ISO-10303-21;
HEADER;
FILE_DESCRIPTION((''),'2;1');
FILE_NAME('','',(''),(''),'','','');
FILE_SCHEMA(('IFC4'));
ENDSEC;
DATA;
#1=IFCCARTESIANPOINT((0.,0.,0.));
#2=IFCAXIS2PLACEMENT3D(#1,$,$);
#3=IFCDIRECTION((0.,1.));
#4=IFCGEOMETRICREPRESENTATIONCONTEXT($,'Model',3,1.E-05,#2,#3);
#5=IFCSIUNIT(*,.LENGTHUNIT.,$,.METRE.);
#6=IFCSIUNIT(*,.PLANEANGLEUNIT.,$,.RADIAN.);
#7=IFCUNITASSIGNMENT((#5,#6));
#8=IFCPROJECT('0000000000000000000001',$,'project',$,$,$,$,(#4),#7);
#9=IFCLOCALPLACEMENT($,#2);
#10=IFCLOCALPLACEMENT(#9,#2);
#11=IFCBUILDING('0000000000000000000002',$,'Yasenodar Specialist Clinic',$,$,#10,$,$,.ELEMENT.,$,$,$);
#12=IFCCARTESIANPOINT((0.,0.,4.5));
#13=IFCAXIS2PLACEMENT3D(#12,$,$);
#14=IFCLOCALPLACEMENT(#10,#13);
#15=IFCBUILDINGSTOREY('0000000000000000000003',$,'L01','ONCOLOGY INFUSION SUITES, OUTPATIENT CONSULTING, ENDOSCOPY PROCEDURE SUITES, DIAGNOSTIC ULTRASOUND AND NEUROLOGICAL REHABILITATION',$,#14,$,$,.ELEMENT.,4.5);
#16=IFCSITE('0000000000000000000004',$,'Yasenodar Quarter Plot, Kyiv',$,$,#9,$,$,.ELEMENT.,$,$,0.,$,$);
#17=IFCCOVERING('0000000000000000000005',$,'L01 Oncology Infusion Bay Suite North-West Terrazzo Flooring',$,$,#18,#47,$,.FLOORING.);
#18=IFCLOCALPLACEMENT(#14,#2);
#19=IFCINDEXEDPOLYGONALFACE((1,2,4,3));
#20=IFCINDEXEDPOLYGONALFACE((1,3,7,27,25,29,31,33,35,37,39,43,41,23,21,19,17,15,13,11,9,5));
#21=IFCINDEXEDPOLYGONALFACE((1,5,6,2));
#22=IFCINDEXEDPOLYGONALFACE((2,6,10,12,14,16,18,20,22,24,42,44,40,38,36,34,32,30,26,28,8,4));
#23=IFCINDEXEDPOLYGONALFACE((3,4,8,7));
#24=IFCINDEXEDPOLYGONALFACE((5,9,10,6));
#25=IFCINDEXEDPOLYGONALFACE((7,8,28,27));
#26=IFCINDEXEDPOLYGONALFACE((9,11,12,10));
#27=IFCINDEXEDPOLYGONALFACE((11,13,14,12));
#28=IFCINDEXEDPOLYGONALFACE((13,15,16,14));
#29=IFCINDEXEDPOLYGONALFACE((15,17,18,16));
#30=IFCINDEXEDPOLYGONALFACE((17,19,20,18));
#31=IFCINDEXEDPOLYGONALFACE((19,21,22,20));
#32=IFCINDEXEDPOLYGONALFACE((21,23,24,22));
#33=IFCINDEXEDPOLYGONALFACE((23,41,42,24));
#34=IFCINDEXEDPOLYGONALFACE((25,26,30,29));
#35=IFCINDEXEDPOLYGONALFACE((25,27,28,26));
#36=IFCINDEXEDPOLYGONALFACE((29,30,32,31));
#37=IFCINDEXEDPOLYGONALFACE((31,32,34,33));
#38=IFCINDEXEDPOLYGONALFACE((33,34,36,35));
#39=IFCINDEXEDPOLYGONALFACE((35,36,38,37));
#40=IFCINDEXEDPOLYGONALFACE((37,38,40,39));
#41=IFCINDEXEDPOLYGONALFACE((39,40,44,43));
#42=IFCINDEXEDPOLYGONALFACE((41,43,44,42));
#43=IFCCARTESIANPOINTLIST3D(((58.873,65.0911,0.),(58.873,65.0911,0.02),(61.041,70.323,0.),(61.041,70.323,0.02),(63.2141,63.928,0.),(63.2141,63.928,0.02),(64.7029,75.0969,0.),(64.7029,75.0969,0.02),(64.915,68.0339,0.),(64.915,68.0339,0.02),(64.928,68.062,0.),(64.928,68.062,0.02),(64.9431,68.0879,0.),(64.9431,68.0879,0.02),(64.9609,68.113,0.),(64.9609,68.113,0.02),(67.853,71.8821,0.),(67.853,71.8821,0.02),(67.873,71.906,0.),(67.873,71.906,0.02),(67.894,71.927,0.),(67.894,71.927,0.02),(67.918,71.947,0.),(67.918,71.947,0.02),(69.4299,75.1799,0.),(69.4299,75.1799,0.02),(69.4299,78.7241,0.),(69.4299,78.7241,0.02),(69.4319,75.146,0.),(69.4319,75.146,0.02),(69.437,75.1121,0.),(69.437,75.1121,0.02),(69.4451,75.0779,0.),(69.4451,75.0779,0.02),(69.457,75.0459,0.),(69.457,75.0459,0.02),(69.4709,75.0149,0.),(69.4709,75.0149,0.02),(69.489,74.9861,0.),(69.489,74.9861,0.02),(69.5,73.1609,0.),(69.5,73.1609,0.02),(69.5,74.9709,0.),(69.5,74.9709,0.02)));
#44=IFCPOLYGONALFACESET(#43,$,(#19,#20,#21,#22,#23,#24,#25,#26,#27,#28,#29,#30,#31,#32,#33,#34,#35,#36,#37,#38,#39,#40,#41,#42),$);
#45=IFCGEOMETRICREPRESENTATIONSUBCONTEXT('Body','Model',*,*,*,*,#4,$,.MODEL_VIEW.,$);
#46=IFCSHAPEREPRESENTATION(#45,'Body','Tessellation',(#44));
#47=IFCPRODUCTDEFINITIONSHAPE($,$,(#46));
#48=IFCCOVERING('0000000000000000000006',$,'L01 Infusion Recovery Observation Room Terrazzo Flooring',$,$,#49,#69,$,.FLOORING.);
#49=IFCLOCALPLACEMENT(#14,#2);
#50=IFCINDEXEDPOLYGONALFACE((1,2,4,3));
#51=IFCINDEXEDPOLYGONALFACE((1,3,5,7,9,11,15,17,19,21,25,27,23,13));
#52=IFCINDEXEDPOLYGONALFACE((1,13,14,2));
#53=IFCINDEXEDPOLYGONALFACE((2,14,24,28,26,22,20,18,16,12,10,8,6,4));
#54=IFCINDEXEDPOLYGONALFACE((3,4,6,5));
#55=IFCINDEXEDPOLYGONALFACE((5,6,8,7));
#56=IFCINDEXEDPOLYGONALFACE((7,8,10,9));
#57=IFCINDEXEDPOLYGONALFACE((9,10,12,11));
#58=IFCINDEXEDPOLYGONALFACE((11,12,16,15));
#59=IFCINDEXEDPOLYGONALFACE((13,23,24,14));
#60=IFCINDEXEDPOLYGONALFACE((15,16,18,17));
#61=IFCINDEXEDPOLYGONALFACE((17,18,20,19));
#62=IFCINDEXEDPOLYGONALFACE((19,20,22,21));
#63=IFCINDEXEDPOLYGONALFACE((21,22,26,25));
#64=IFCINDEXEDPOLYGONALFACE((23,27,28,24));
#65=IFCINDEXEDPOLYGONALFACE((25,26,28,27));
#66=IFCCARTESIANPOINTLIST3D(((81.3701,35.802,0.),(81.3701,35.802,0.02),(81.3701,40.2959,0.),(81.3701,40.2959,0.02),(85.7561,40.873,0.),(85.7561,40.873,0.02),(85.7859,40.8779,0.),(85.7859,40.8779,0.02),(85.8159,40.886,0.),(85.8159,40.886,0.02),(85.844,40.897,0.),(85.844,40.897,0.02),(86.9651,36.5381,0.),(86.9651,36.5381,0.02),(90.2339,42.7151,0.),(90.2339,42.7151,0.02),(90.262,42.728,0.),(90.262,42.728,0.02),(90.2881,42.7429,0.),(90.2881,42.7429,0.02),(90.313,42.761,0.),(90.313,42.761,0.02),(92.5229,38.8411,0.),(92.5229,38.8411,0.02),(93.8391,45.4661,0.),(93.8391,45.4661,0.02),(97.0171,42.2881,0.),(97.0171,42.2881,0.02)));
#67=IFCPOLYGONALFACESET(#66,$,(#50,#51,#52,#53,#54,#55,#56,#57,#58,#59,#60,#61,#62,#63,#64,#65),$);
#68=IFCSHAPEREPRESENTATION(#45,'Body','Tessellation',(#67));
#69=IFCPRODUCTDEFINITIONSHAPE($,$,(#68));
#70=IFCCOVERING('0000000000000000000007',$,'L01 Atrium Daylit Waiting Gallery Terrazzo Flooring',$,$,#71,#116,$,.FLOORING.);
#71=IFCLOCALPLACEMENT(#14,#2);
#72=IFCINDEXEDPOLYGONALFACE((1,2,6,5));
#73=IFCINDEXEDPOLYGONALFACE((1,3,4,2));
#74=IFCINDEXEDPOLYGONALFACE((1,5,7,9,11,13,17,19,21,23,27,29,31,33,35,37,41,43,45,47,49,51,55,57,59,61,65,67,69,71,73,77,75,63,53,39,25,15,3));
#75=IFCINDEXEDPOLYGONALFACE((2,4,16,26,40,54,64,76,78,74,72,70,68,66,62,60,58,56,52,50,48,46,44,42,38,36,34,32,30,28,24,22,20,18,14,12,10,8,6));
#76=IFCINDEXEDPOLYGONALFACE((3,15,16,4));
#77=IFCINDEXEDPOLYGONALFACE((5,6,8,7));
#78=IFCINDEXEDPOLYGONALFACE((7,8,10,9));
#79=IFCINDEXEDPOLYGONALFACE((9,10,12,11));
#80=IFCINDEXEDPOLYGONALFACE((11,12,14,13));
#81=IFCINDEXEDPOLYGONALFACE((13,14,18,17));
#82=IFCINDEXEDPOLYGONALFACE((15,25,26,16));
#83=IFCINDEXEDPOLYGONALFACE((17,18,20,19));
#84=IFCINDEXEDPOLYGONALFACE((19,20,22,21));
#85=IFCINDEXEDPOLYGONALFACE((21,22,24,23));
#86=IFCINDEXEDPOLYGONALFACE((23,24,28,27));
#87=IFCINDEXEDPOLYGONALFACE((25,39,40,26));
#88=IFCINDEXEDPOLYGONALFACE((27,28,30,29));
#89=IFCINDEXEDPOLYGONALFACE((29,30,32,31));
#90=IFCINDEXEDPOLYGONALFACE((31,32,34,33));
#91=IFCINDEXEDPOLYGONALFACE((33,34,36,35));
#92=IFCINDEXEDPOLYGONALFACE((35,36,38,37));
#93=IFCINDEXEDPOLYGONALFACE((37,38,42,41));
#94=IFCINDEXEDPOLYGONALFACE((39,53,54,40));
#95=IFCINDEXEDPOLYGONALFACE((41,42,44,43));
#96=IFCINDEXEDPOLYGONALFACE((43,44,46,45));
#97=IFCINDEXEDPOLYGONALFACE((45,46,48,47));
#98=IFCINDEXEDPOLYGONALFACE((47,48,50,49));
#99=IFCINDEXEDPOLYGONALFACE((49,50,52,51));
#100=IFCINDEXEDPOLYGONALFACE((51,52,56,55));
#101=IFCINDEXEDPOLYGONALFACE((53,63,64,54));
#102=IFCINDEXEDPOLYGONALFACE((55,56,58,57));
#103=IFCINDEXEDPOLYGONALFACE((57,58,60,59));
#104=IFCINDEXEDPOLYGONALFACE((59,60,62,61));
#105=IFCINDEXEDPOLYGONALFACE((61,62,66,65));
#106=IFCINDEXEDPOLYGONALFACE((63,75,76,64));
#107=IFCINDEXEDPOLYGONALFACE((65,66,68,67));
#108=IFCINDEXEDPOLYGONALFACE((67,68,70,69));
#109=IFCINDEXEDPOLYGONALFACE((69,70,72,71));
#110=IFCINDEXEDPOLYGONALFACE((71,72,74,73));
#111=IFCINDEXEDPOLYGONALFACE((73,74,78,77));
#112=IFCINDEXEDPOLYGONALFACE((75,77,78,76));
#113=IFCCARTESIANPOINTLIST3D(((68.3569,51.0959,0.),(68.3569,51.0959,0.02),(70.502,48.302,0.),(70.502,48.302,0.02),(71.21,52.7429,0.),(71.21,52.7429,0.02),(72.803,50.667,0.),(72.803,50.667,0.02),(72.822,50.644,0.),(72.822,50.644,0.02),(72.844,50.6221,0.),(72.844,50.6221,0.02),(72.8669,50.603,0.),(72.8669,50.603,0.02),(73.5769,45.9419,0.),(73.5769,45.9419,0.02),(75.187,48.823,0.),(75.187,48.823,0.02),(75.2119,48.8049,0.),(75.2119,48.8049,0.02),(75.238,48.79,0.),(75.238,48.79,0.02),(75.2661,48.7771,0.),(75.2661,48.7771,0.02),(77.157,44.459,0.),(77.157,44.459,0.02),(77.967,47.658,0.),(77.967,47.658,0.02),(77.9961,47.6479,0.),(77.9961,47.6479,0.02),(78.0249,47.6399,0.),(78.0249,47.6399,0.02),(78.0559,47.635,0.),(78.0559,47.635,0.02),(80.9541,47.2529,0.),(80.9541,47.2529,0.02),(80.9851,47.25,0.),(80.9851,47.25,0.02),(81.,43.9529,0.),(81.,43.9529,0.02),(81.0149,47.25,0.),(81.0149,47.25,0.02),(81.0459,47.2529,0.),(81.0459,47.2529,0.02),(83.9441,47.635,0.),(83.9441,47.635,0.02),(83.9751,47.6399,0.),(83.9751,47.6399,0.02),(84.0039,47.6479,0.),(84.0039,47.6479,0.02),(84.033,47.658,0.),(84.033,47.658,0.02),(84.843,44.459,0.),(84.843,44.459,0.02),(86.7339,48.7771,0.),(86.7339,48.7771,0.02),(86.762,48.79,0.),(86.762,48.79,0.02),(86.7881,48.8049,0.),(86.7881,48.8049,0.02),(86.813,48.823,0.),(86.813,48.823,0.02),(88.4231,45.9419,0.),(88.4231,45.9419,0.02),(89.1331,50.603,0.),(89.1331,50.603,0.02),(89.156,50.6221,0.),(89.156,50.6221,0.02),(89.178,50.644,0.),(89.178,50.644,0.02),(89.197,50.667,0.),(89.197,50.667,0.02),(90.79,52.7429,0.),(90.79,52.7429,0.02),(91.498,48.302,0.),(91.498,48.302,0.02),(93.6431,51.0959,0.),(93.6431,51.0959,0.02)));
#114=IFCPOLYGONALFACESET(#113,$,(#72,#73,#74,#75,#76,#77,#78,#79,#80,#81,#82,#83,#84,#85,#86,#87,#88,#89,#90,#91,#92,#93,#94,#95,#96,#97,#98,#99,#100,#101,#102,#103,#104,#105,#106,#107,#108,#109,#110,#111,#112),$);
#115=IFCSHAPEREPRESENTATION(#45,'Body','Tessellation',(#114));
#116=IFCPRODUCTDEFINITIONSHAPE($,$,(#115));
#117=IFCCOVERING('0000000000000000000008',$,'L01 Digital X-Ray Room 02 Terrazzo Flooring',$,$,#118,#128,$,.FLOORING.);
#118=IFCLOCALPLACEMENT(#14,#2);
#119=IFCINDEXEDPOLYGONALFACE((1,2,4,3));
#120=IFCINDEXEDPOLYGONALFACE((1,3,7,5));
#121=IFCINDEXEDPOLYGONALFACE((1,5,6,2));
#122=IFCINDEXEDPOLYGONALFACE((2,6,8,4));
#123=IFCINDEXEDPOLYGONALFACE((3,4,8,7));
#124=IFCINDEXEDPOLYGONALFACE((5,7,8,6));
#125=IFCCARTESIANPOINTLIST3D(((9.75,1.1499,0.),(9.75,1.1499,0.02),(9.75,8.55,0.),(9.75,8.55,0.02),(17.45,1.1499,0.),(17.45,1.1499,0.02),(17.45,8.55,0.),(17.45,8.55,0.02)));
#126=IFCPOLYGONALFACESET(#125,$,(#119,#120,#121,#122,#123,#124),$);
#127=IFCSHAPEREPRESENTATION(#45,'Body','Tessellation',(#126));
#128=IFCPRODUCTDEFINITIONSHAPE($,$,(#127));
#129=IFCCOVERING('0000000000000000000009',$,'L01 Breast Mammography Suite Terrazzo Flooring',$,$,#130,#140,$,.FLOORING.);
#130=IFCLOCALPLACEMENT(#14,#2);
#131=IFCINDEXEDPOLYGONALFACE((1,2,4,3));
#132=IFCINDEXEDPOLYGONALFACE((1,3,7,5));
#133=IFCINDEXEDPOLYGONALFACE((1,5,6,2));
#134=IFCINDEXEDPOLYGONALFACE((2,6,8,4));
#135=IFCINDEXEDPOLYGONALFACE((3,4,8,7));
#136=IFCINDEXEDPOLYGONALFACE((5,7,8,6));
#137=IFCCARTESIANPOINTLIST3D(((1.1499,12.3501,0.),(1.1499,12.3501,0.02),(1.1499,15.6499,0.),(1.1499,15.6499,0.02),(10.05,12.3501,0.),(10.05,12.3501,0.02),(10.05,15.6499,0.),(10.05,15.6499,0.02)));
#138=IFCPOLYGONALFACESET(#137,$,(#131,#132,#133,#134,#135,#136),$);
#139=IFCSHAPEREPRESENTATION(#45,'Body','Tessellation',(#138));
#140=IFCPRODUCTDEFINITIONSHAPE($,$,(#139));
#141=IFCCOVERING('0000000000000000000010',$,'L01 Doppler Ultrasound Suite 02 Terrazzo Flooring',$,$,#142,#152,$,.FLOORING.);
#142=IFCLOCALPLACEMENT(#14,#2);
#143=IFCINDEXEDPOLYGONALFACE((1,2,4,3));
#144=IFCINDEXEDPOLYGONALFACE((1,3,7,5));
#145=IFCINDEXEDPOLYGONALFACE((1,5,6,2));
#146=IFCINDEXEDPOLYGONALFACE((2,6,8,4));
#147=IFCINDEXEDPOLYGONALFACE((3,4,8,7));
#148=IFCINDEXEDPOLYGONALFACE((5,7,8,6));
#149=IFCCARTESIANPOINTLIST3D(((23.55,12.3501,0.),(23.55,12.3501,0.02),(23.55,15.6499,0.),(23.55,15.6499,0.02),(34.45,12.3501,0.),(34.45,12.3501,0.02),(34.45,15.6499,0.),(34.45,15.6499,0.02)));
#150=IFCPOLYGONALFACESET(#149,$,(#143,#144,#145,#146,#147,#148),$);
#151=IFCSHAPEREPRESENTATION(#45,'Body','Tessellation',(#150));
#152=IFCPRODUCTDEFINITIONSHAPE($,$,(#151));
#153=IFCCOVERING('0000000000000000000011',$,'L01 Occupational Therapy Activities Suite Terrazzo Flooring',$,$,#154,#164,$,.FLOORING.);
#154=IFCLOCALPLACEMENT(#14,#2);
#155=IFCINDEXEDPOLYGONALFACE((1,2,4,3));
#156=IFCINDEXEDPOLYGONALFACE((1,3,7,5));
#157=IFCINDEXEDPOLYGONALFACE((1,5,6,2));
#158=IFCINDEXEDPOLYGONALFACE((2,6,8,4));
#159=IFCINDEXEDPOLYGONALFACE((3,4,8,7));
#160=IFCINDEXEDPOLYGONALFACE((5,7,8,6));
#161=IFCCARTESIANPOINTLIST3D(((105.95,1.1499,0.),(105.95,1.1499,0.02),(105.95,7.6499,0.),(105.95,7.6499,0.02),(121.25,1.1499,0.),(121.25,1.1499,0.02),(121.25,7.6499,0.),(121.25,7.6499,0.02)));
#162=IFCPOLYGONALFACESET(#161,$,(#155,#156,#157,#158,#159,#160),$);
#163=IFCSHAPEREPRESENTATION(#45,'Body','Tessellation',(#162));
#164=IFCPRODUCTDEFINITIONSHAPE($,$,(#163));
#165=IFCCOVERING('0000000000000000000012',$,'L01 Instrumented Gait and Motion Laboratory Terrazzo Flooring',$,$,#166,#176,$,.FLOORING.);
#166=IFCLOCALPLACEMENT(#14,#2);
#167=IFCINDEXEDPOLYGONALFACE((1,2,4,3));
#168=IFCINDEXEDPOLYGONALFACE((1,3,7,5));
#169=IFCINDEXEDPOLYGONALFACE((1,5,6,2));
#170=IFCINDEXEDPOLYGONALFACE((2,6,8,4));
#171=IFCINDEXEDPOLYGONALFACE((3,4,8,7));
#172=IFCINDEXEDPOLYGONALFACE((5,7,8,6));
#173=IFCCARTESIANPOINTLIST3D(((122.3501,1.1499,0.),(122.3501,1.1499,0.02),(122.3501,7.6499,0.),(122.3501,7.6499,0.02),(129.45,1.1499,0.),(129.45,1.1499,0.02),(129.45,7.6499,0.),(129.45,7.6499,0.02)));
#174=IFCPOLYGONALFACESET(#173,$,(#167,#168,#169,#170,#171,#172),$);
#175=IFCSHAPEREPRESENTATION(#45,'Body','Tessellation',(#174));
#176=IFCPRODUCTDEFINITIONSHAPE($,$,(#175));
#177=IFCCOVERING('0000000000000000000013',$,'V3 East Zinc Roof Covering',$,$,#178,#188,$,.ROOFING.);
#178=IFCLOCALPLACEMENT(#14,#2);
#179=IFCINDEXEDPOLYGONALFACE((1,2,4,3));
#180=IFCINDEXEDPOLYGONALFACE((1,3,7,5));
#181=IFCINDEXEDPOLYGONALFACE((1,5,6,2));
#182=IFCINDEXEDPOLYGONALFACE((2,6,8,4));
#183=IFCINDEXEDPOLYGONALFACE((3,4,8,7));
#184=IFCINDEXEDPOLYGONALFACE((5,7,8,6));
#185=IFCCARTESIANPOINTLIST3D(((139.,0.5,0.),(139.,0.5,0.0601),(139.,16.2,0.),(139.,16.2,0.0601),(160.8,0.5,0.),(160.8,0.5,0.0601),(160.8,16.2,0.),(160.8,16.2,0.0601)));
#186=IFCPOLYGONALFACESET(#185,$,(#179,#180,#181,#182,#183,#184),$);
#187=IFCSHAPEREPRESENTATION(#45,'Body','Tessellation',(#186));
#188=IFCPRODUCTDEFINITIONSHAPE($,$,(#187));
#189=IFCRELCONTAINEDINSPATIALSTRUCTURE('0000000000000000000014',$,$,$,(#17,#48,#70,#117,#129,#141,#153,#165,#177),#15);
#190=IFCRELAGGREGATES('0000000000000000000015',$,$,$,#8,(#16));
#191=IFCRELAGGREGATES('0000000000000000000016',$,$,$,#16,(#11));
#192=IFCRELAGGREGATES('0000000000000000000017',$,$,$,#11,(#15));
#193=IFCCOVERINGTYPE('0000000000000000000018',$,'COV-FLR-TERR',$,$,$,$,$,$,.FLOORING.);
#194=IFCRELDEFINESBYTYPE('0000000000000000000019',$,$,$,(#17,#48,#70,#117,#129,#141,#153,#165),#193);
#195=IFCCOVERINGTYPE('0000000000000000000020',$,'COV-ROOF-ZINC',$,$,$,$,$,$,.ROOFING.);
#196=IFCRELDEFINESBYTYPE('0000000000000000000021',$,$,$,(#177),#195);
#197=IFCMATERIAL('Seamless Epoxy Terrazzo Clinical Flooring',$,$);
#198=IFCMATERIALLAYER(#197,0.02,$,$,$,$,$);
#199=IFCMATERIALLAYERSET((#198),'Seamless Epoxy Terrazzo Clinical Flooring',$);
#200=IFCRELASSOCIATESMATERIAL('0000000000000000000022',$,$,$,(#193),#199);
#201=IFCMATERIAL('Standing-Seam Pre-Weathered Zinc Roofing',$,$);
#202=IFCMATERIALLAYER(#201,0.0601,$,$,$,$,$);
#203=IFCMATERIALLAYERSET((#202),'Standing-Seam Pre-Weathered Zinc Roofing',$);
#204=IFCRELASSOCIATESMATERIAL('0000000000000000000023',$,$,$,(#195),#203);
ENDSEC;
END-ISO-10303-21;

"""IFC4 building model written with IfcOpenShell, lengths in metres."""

from ifc_helpers import new_model, si_unit, direction, frame, origin, place, context, subcontext, project, spatial, polyline, outline, extrude, material, layer, layer_set, type_object, element, save


model = new_model("IFC4")

# Units and contexts
model_context = context("Model", 3, precision=1e-05, world=origin(), true_north=direction((0.0, 1.0)))
body_context = subcontext(model_context, "Body", "Model", "MODEL_VIEW")
ifc_project = project(units=[si_unit("LENGTHUNIT", "METRE"), si_unit("PLANEANGLEUNIT", "RADIAN")], contexts=[model_context])

# Site, building, storey
site_placement = place(None, origin())
site = spatial("IfcSite", under=ifc_project, at=site_placement, Name="Yasenodar Quarter Plot, Kyiv", CompositionType="ELEMENT", RefElevation=0.0)
building_placement = place(site_placement, origin())
building = spatial("IfcBuilding", under=site, at=building_placement, Name="Yasenodar Specialist Clinic", CompositionType="ELEMENT")
storey_placement = place(building_placement, frame((0.0, 0.0, 4.5)))
storey = spatial("IfcBuildingStorey", under=building, at=storey_placement, Name="L01", Description="ONCOLOGY INFUSION SUITES, OUTPATIENT CONSULTING, ENDOSCOPY PROCEDURE SUITES, DIAGNOSTIC ULTRASOUND AND NEUROLOGICAL REHABILITATION", CompositionType="ELEMENT", Elevation=4.5)

# Coverings
ifc_material_1 = material(Name="Seamless Epoxy Terrazzo Clinical Flooring")
ifc_layer_1 = layer(ifc_material_1, 0.02)
ifc_layer_set_1 = layer_set([ifc_layer_1], Name="Seamless Epoxy Terrazzo Clinical Flooring")
covering_type_1 = type_object("IfcCoveringType", Name="COV-FLR-TERR", PredefinedType="FLOORING", material=ifc_layer_set_1)
covering_1_placement = place(storey_placement, origin())
element("IfcCovering", 1, at=covering_1_placement, inside=storey, type_object=covering_type_1, Name="L01 Oncology Infusion Bay Suite North-West Terrazzo Flooring", PredefinedType="FLOORING", context=body_context, shape_type="SweptSolid", body=[
    extrude(outline(polyline([(67.873, 71.906), (67.853, 71.8821), (64.9609, 68.113), (64.9431, 68.0879), (64.928, 68.062), (64.915, 68.0339), (63.2141, 63.928), (58.873, 65.0911), (61.041, 70.323), (64.7029, 75.0969), (69.4299, 78.7241), (69.4299, 75.1799), (69.4319, 75.146), (69.437, 75.1121), (69.4451, 75.0779), (69.457, 75.0459), (69.4709, 75.0149), (69.489, 74.9861), (69.5, 74.9709), (69.5, 73.1609), (67.918, 71.947), (67.894, 71.927), (67.873, 71.906)])), origin(), (0.0, 0.0, 1.0), 0.02),
])
covering_2_placement = place(storey_placement, origin())
element("IfcCovering", 2, at=covering_2_placement, inside=storey, type_object=covering_type_1, Name="L01 Infusion Recovery Observation Room Terrazzo Flooring", PredefinedType="FLOORING", context=body_context, shape_type="SweptSolid", body=[
    extrude(outline(polyline([(85.8159, 40.886), (85.844, 40.897), (90.2339, 42.7151), (90.262, 42.728), (90.2881, 42.7429), (90.313, 42.761), (93.8391, 45.4661), (97.0171, 42.2881), (92.5229, 38.8411), (86.9651, 36.5381), (81.3701, 35.802), (81.3701, 40.2959), (85.7561, 40.873), (85.7859, 40.8779), (85.8159, 40.886)])), origin(), (0.0, 0.0, 1.0), 0.02),
])
covering_3_placement = place(storey_placement, origin())
element("IfcCovering", 3, at=covering_3_placement, inside=storey, type_object=covering_type_1, Name="L01 Atrium Daylit Waiting Gallery Terrazzo Flooring", PredefinedType="FLOORING", context=body_context, shape_type="SweptSolid", body=[
    extrude(outline(polyline([(72.822, 50.644), (72.844, 50.6221), (72.8669, 50.603), (75.187, 48.823), (75.2119, 48.8049), (75.238, 48.79), (75.2661, 48.7771), (77.967, 47.658), (77.9961, 47.6479), (78.0249, 47.6399), (78.0559, 47.635), (80.9541, 47.2529), (80.9851, 47.25), (81.0149, 47.25), (81.0459, 47.2529), (83.9441, 47.635), (83.9751, 47.6399), (84.0039, 47.6479), (84.033, 47.658), (86.7339, 48.7771), (86.762, 48.79), (86.7881, 48.8049), (86.813, 48.823), (89.1331, 50.603), (89.156, 50.6221), (89.178, 50.644), (89.197, 50.667), (90.79, 52.7429), (93.6431, 51.0959), (91.498, 48.302), (88.4231, 45.9419), (84.843, 44.459), (81.0, 43.9529), (77.157, 44.459), (73.5769, 45.9419), (70.502, 48.302), (68.3569, 51.0959), (71.21, 52.7429), (72.803, 50.667), (72.822, 50.644)])), origin(), (0.0, 0.0, 1.0), 0.02),
])
covering_4_placement = place(storey_placement, origin())
element("IfcCovering", 4, at=covering_4_placement, inside=storey, type_object=covering_type_1, Name="L01 Digital X-Ray Room 02 Terrazzo Flooring", PredefinedType="FLOORING", context=body_context, shape_type="SweptSolid", body=[
    extrude(outline(polyline([(17.45, 1.1499), (9.75, 1.1499), (9.75, 8.55), (17.45, 8.55), (17.45, 1.1499)])), origin(), (0.0, 0.0, 1.0), 0.02),
])
covering_5_placement = place(storey_placement, origin())
element("IfcCovering", 5, at=covering_5_placement, inside=storey, type_object=covering_type_1, Name="L01 Breast Mammography Suite Terrazzo Flooring", PredefinedType="FLOORING", context=body_context, shape_type="SweptSolid", body=[
    extrude(outline(polyline([(10.05, 12.3501), (1.1499, 12.3501), (1.1499, 15.6499), (10.05, 15.6499), (10.05, 12.3501)])), origin(), (0.0, 0.0, 1.0), 0.02),
])
covering_6_placement = place(storey_placement, origin())
element("IfcCovering", 6, at=covering_6_placement, inside=storey, type_object=covering_type_1, Name="L01 Doppler Ultrasound Suite 02 Terrazzo Flooring", PredefinedType="FLOORING", context=body_context, shape_type="SweptSolid", body=[
    extrude(outline(polyline([(34.45, 12.3501), (23.55, 12.3501), (23.55, 15.6499), (34.45, 15.6499), (34.45, 12.3501)])), origin(), (0.0, 0.0, 1.0), 0.02),
])
covering_7_placement = place(storey_placement, origin())
element("IfcCovering", 7, at=covering_7_placement, inside=storey, type_object=covering_type_1, Name="L01 Occupational Therapy Activities Suite Terrazzo Flooring", PredefinedType="FLOORING", context=body_context, shape_type="SweptSolid", body=[
    extrude(outline(polyline([(121.25, 1.1499), (105.95, 1.1499), (105.95, 7.6499), (121.25, 7.6499), (121.25, 1.1499)])), origin(), (0.0, 0.0, 1.0), 0.02),
])
covering_8_placement = place(storey_placement, origin())
element("IfcCovering", 8, at=covering_8_placement, inside=storey, type_object=covering_type_1, Name="L01 Instrumented Gait and Motion Laboratory Terrazzo Flooring", PredefinedType="FLOORING", context=body_context, shape_type="SweptSolid", body=[
    extrude(outline(polyline([(129.45, 1.1499), (122.3501, 1.1499), (122.3501, 7.6499), (129.45, 7.6499), (129.45, 1.1499)])), origin(), (0.0, 0.0, 1.0), 0.02),
])
ifc_material_2 = material(Name="Standing-Seam Pre-Weathered Zinc Roofing")
ifc_layer_2 = layer(ifc_material_2, 0.0601)
ifc_layer_set_2 = layer_set([ifc_layer_2], Name="Standing-Seam Pre-Weathered Zinc Roofing")
covering_type_2 = type_object("IfcCoveringType", Name="COV-ROOF-ZINC", PredefinedType="ROOFING", material=ifc_layer_set_2)
covering_9_placement = place(storey_placement, origin())
element("IfcCovering", 9, at=covering_9_placement, inside=storey, type_object=covering_type_2, Name="V3 East Zinc Roof Covering", PredefinedType="ROOFING", context=body_context, shape_type="SweptSolid", body=[
    extrude(outline(polyline([(139.0, 0.5), (160.8, 0.5), (160.8, 16.2), (139.0, 16.2), (139.0, 0.5)])), origin(), (0.0, 0.0, 1.0), 0.0601),
])

save(model, "model.ifc")
